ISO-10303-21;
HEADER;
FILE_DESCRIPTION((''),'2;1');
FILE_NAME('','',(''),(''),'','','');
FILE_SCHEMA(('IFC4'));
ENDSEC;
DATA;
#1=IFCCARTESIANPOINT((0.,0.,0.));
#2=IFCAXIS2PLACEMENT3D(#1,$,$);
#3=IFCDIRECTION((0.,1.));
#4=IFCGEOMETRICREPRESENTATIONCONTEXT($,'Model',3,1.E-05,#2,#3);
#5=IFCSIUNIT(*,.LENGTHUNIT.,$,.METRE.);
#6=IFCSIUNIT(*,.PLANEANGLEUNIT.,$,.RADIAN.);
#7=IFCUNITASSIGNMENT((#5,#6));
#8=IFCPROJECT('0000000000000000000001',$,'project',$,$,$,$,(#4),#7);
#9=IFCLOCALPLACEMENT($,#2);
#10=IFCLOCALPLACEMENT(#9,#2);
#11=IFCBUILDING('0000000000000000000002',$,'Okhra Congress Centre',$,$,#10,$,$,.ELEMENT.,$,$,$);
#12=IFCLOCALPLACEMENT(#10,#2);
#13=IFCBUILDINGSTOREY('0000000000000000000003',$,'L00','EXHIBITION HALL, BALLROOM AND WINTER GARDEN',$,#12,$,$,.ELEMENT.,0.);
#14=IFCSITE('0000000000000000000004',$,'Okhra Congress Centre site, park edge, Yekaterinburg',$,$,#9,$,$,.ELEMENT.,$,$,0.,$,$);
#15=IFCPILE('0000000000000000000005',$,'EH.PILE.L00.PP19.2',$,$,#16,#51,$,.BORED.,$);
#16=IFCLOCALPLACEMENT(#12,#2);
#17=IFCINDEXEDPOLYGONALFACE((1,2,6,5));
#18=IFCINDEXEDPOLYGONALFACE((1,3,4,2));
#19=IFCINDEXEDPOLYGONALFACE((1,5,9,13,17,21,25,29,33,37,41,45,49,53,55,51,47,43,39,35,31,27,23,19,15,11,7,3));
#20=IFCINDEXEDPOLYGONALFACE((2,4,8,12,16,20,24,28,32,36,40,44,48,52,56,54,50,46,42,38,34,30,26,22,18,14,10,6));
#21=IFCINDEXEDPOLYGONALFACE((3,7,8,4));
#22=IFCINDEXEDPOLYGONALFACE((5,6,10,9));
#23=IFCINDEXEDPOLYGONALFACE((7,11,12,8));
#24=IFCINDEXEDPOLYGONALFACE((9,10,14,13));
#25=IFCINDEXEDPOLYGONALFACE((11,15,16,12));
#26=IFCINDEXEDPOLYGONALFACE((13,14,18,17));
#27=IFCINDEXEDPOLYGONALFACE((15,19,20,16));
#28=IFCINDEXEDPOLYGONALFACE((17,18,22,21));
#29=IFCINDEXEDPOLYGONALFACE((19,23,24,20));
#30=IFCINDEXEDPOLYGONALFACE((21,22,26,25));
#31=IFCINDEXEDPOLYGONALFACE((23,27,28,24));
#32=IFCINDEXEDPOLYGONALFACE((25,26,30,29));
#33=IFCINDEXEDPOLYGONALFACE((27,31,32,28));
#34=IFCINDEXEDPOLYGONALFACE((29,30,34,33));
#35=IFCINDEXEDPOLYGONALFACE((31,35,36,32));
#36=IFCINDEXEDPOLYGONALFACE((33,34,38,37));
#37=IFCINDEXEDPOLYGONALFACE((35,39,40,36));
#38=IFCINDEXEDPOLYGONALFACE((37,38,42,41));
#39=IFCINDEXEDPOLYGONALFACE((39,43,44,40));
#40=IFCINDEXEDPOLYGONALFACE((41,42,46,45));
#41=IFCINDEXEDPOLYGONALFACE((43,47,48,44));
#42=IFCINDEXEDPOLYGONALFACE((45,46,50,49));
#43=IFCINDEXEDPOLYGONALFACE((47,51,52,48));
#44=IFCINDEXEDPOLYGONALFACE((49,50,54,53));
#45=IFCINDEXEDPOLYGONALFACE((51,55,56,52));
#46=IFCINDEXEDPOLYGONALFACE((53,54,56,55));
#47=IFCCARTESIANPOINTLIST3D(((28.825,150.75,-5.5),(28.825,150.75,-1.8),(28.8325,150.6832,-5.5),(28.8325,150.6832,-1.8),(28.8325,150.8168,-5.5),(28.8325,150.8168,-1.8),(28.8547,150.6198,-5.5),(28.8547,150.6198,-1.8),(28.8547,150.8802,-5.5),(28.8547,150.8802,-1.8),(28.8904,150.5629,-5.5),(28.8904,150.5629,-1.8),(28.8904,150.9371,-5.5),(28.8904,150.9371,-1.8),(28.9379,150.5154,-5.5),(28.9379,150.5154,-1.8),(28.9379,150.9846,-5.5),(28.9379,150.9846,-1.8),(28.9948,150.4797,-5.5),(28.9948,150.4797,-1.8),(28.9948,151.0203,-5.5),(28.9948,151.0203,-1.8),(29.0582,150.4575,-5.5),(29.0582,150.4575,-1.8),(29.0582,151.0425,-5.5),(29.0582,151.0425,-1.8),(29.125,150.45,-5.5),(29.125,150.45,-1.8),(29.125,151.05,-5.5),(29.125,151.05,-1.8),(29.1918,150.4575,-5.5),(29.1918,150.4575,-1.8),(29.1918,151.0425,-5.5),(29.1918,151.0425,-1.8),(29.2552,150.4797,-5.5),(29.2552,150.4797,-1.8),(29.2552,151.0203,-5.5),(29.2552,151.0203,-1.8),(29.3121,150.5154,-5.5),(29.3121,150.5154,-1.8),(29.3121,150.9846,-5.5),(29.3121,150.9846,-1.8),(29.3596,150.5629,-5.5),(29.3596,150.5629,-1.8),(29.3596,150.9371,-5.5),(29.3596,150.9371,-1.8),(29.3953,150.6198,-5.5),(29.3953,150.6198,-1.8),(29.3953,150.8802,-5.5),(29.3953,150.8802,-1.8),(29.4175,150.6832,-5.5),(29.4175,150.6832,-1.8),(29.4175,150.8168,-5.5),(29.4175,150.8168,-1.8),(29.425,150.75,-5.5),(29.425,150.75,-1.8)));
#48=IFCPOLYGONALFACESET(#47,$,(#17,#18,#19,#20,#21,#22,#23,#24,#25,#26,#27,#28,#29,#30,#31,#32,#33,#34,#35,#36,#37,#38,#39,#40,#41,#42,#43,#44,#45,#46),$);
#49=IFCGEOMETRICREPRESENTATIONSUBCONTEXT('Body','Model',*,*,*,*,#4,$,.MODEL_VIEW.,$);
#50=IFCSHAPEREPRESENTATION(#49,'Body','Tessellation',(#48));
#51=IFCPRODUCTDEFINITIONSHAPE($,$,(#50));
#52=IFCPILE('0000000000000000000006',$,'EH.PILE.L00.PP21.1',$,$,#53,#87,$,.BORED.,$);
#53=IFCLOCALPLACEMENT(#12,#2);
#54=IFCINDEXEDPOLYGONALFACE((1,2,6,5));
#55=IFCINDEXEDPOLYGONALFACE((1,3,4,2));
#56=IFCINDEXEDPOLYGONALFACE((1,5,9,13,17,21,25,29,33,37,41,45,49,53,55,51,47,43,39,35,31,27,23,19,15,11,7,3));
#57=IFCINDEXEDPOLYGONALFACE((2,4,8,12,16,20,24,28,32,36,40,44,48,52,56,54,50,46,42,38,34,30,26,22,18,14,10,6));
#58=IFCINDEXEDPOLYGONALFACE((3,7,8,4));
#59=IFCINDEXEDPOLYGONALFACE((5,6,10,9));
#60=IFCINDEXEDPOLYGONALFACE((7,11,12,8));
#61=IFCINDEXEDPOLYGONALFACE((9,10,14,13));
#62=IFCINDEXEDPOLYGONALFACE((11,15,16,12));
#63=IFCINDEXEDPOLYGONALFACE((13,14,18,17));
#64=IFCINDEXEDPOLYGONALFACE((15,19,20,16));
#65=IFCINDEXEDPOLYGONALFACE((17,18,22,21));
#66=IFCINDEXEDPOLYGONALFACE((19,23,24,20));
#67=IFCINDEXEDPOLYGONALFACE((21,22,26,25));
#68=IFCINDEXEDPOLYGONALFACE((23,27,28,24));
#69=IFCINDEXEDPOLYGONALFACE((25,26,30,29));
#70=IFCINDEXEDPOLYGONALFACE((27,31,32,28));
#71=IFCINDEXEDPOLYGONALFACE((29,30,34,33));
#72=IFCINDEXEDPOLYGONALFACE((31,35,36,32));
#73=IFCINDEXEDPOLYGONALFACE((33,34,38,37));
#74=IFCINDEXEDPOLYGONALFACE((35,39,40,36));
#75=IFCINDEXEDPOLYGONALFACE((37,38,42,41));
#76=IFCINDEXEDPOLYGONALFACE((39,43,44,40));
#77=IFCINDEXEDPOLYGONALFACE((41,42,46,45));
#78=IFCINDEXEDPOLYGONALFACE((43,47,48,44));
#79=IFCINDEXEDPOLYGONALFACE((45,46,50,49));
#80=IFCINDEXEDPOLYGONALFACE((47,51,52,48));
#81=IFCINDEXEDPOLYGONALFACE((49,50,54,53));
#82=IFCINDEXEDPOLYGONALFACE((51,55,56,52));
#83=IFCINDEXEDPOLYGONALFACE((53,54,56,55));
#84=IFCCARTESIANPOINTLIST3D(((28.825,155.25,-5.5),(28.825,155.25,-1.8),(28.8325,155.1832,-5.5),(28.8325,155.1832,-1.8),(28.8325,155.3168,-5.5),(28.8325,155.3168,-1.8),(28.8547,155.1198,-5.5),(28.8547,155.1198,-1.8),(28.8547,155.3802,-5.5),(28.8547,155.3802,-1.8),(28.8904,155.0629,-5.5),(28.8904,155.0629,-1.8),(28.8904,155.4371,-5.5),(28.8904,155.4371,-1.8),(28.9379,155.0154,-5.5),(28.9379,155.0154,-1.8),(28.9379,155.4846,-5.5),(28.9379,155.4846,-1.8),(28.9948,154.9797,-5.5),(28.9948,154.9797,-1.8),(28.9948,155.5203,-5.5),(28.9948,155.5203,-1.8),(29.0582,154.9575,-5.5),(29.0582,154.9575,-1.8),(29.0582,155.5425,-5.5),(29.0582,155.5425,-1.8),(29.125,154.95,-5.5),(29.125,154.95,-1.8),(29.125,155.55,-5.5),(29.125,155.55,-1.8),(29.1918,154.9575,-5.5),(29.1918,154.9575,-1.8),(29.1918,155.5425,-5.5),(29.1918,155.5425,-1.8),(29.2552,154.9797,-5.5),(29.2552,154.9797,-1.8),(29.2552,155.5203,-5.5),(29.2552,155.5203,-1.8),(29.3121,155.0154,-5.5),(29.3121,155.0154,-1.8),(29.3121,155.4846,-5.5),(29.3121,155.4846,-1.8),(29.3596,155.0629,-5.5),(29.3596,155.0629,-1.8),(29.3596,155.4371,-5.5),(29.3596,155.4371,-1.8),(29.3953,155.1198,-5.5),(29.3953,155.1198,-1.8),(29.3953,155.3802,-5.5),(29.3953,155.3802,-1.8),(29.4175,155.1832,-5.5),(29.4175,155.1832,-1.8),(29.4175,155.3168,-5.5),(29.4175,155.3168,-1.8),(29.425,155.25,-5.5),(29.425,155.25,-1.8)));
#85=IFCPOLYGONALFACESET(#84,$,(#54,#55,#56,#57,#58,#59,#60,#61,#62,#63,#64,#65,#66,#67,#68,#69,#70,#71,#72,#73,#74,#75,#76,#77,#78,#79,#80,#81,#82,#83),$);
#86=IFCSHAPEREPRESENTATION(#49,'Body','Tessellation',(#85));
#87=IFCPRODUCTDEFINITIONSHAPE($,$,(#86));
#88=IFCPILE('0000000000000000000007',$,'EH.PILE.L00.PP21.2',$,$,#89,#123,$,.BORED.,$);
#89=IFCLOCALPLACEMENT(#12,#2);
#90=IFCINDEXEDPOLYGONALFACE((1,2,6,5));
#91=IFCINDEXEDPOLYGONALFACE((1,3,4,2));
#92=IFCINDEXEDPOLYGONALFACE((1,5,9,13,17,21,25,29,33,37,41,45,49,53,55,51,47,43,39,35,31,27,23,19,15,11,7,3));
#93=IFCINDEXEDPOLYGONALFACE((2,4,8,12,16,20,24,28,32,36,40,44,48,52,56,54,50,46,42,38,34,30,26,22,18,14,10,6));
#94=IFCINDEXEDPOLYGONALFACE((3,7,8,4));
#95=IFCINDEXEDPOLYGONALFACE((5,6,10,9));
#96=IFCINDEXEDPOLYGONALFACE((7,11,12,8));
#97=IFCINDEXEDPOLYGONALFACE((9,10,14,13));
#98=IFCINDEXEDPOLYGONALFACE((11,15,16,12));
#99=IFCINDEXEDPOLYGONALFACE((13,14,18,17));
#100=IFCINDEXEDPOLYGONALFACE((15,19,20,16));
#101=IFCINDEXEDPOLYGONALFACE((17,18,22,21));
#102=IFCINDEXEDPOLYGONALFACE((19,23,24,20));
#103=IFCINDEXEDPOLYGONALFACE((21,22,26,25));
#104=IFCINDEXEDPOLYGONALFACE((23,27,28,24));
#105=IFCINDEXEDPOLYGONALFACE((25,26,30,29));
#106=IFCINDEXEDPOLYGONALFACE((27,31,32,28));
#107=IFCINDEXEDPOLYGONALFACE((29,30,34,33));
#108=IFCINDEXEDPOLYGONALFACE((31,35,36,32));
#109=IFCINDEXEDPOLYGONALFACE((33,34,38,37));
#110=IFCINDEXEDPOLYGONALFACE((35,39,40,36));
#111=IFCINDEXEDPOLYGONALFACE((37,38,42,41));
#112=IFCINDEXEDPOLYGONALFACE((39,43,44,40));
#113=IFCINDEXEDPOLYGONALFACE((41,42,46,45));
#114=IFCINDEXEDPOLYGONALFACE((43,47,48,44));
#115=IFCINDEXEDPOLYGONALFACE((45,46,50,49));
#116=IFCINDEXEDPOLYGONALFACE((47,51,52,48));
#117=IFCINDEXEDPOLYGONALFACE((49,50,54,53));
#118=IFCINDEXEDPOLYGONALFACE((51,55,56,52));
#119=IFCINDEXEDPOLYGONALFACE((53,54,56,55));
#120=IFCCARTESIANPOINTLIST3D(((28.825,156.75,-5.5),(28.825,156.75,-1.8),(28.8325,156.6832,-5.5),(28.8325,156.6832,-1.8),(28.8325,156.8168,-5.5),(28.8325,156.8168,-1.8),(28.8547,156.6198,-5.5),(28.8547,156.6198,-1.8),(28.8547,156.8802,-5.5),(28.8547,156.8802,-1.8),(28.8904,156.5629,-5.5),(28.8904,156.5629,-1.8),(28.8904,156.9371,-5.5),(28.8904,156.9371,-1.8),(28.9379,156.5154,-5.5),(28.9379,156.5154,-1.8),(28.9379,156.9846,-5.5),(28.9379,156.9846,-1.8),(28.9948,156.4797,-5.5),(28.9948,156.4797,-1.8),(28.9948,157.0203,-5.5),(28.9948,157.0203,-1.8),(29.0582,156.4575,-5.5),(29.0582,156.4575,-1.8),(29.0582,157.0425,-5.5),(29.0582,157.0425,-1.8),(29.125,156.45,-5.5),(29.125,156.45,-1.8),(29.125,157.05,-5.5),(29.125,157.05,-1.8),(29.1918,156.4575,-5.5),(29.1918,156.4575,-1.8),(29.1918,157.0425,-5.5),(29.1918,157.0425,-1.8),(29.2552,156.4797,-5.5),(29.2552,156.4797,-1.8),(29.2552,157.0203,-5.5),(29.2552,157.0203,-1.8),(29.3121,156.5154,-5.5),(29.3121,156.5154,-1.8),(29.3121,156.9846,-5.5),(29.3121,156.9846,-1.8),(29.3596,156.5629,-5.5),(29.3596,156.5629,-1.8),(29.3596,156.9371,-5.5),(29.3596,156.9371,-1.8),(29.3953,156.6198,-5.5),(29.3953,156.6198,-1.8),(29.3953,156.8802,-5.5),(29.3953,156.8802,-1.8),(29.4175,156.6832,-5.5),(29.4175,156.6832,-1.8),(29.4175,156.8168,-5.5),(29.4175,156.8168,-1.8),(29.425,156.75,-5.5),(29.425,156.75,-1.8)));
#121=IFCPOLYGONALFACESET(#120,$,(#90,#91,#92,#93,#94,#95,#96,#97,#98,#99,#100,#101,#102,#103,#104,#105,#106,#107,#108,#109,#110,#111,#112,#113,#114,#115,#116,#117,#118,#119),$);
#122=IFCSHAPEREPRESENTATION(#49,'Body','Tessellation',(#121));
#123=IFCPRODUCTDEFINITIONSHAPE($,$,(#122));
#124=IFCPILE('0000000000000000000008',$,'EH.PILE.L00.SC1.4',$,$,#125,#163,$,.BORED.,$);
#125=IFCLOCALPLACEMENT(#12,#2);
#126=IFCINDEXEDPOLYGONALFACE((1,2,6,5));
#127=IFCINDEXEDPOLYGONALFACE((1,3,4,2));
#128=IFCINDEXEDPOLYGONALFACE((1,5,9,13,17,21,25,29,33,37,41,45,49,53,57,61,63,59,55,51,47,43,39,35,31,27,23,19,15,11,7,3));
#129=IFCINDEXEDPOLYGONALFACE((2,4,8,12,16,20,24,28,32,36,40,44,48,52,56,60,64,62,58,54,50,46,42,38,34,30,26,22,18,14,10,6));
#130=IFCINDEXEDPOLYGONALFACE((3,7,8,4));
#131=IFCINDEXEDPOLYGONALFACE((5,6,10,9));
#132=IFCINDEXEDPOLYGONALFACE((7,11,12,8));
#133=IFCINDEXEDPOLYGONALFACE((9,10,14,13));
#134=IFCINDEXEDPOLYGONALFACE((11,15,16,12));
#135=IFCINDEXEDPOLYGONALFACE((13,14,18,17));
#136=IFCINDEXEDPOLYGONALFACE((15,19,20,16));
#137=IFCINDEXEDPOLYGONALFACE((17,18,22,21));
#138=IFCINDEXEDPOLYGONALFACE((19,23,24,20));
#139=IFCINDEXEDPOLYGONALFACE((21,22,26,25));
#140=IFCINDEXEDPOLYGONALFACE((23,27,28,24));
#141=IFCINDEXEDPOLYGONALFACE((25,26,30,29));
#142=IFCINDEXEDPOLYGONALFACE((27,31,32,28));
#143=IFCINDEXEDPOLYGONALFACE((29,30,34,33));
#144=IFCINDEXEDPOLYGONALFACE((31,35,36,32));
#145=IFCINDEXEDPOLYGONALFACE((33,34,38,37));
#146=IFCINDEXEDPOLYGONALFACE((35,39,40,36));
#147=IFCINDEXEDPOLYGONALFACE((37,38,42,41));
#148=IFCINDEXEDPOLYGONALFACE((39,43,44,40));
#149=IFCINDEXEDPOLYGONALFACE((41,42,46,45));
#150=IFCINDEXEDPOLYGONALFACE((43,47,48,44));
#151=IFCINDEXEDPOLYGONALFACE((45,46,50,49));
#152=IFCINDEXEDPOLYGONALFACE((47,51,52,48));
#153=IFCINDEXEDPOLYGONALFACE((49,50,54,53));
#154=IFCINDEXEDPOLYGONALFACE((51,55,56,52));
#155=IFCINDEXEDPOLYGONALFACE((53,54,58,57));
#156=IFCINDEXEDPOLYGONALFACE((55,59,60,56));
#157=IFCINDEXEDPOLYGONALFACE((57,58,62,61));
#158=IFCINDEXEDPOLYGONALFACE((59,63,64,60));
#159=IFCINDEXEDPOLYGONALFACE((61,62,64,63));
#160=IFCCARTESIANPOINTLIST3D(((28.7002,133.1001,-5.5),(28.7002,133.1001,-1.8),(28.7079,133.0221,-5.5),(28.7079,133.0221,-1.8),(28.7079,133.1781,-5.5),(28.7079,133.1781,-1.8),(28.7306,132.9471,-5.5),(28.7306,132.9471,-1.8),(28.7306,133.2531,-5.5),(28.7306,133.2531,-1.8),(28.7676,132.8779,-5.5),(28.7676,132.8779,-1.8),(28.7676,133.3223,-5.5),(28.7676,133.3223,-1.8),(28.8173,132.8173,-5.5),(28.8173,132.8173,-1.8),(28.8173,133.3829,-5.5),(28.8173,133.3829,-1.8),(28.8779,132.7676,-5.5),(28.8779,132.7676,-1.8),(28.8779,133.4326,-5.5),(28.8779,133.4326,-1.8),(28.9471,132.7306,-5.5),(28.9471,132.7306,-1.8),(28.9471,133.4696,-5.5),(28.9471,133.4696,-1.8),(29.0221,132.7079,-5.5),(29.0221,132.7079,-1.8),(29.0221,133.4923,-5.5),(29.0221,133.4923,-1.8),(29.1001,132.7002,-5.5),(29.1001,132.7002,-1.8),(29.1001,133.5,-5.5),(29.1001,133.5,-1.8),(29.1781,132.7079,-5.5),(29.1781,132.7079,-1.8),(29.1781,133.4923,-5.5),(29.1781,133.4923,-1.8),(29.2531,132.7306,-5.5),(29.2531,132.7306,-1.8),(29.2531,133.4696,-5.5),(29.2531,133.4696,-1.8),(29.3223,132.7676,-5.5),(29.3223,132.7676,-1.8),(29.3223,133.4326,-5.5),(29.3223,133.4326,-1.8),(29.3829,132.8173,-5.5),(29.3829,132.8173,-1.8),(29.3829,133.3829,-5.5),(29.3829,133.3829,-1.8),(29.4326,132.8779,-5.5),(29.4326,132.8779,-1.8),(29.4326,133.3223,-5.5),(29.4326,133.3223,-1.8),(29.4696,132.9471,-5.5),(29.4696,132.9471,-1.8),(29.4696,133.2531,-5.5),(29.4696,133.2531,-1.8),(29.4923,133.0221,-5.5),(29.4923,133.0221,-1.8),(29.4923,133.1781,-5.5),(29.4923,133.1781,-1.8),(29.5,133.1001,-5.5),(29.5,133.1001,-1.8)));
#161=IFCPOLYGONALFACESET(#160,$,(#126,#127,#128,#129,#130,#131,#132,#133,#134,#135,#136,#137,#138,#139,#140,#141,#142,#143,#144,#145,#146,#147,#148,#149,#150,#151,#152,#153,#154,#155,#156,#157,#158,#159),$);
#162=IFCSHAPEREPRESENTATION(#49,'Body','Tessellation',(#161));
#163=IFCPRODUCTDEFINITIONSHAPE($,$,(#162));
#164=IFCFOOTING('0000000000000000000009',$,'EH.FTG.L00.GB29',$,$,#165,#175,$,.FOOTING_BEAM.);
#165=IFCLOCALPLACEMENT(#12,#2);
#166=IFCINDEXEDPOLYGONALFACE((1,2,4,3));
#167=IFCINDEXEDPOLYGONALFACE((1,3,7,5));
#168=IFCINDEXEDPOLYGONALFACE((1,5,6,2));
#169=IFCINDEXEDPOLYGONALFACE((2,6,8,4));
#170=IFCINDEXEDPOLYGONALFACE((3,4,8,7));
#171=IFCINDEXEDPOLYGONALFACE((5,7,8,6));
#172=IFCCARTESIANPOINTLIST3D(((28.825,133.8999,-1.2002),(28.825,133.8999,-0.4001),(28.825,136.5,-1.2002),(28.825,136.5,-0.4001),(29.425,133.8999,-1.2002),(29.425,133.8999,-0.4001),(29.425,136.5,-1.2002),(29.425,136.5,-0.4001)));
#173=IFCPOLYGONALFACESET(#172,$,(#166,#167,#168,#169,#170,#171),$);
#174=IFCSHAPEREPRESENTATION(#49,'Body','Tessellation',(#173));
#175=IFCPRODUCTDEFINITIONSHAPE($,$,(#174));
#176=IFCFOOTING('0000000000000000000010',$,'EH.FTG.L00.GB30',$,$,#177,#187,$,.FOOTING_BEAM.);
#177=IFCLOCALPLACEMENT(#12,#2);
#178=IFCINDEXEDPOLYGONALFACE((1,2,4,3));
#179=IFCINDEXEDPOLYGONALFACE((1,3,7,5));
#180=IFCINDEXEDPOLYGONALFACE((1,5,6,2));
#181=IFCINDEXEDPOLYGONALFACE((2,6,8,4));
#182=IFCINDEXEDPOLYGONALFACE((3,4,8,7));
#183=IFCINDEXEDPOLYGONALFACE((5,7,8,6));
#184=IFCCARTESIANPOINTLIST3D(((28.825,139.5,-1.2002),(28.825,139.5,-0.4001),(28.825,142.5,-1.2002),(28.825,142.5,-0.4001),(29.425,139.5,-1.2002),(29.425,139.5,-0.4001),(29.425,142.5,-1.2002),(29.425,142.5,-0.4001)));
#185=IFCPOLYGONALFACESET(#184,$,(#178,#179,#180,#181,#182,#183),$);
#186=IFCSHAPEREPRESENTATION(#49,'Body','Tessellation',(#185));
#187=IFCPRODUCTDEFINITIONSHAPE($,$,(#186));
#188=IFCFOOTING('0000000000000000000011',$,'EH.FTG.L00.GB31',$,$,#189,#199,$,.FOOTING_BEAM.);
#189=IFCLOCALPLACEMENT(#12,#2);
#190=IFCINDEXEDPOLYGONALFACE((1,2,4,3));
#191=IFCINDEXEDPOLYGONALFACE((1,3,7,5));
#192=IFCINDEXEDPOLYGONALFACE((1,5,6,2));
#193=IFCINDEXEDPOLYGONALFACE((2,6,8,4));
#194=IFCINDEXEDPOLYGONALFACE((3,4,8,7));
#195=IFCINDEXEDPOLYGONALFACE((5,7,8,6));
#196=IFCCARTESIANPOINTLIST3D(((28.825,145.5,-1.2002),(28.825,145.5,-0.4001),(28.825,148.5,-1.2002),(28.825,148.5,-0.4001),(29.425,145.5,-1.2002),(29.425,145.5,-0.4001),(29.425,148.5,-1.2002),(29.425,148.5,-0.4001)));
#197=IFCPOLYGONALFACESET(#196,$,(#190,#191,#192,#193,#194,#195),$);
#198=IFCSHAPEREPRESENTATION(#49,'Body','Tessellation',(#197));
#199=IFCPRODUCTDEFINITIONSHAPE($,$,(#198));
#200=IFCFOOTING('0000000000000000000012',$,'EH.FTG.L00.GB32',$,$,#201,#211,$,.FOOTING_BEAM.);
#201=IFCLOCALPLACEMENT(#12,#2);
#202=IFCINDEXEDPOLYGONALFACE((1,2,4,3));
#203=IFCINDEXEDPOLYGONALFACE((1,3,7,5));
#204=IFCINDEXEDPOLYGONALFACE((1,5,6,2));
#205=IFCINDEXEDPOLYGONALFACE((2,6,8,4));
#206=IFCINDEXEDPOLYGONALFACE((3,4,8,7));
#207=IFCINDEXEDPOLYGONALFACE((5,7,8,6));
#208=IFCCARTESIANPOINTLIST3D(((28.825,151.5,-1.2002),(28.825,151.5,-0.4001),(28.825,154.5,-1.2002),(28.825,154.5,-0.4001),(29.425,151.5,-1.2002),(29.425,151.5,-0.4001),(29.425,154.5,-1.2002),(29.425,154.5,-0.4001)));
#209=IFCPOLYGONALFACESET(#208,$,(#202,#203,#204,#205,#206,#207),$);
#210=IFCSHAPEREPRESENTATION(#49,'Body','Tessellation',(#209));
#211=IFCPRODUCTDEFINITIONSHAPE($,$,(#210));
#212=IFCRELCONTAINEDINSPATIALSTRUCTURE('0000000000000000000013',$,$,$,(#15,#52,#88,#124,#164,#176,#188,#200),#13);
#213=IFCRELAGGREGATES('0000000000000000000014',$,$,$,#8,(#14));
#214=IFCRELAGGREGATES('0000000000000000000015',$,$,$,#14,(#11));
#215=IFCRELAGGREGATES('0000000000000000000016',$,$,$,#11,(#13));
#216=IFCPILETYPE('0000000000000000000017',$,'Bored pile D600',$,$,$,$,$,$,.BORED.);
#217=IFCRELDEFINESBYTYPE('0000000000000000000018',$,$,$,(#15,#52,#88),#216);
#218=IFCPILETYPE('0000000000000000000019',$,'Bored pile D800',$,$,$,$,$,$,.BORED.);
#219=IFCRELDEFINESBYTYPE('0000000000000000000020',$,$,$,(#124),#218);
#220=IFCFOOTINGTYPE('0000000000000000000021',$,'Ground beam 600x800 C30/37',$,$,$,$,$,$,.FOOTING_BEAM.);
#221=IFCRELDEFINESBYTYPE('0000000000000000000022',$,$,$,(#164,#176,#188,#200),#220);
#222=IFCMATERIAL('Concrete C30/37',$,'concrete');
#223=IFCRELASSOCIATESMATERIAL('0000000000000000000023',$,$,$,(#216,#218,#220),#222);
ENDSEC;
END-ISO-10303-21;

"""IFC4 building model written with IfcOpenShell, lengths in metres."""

from ifc_helpers import new_model, si_unit, direction, frame, origin, origin_2d, place, context, subcontext, project, spatial, rectangle, circle, extrude, material, material_profile, profile_set, type_object, element, save


model = new_model("IFC4")

# Units and contexts
model_context = context("Model", 3, precision=1e-05, world=origin(), true_north=direction((0.0, 1.0)))
body_context = subcontext(model_context, "Body", "Model", "MODEL_VIEW")
ifc_project = project(units=[si_unit("LENGTHUNIT", "METRE"), si_unit("PLANEANGLEUNIT", "RADIAN")], contexts=[model_context])

# Site, building, storey
site_placement = place(None, origin())
site = spatial("IfcSite", under=ifc_project, at=site_placement, Name="Okhra Congress Centre site, park edge, Yekaterinburg", CompositionType="ELEMENT", RefElevation=0.0)
building_placement = place(site_placement, origin())
building = spatial("IfcBuilding", under=site, at=building_placement, Name="Okhra Congress Centre", CompositionType="ELEMENT")
storey_placement = place(building_placement, origin())
storey = spatial("IfcBuildingStorey", under=building, at=storey_placement, Name="L00", Description="EXHIBITION HALL, BALLROOM AND WINTER GARDEN", CompositionType="ELEMENT", Elevation=0.0)

# Piles
ifc_material_1 = material(Name="Concrete C30/37", Category="concrete")
ifc_material_profile_1 = material_profile(ifc_material_1, circle(Radius=0.3, at=origin_2d()), Name="D600")
ifc_profile_set_1 = profile_set([ifc_material_profile_1], Name="Concrete C30/37")
pile_type_1 = type_object("IfcPileType", Name="Bored pile D600", PredefinedType="BORED", material=ifc_profile_set_1)
for number, where, z_axis, x_axis, name in (
    (1, (29.125, 150.75, -1.8), (0.0, 0.0, -1.0), (1.0, 0.0, 0.0), "EH.PILE.L00.PP19.2"),
    (2, (29.125, 155.25, -1.8), (0.0, 0.0, -1.0), (1.0, 0.0, 0.0), "EH.PILE.L00.PP21.1"),
    (3, (29.125, 156.75, -1.8), (0.0, 0.0, -1.0), (1.0, 0.0, 0.0), "EH.PILE.L00.PP21.2"),
):
    element("IfcPile", number, at=place(storey_placement, frame(where, z_axis=z_axis, x_axis=x_axis)), inside=storey, type_object=pile_type_1, Name=name, PredefinedType="BORED", context=body_context, shape_type="SweptSolid", body=[
        extrude(circle(Radius=0.3, at=origin_2d()), origin(), (0.0, 0.0, 1.0), 3.7),
    ])
ifc_material_profile_2 = material_profile(ifc_material_1, circle(Radius=0.3999, at=origin_2d()), Name="D800")
ifc_profile_set_2 = profile_set([ifc_material_profile_2], Name="Concrete C30/37")
pile_type_2 = type_object("IfcPileType", Name="Bored pile D800", PredefinedType="BORED", material=ifc_profile_set_2)
pile_placement = place(storey_placement, frame((29.1001, 133.1001, -1.8), z_axis=(0.0, 0.0, -1.0), x_axis=(1.0, 0.0, 0.0)))
element("IfcPile", 4, at=pile_placement, inside=storey, type_object=pile_type_2, Name="EH.PILE.L00.SC1.4", PredefinedType="BORED", context=body_context, shape_type="SweptSolid", body=[
    extrude(circle(Radius=0.3999, at=origin_2d()), origin(), (0.0, 0.0, 1.0), 3.7),
])

# Footings
footing_type_1 = type_object("IfcFootingType", Name="Ground beam 600x800 C30/37", PredefinedType="FOOTING_BEAM", material=ifc_material_1)
footing_placement = place(storey_placement, frame((29.125, 135.2, -1.2002), z_axis=(0.0, 0.0, 1.0), x_axis=(0.0, 1.0, 0.0)))
element("IfcFooting", 5, at=footing_placement, inside=storey, type_object=footing_type_1, Name="EH.FTG.L00.GB29", PredefinedType="FOOTING_BEAM", context=body_context, shape_type="SweptSolid", body=[
    extrude(rectangle(XDim=2.6001, YDim=0.6001, at=origin_2d()), origin(), (0.0, 0.0, 1.0), 0.8),
])
for number, where, z_axis, x_axis, name in (
    (6, (29.125, 141.0, -1.2002), (0.0, 0.0, 1.0), (0.0, 1.0, 0.0), "EH.FTG.L00.GB30"),
    (7, (29.125, 147.0, -1.2002), (0.0, 0.0, 1.0), (0.0, 1.0, 0.0), "EH.FTG.L00.GB31"),
    (8, (29.125, 153.0, -1.2002), (0.0, 0.0, 1.0), (0.0, 1.0, 0.0), "EH.FTG.L00.GB32"),
):
    element("IfcFooting", number, at=place(storey_placement, frame(where, z_axis=z_axis, x_axis=x_axis)), inside=storey, type_object=footing_type_1, Name=name, PredefinedType="FOOTING_BEAM", context=body_context, shape_type="SweptSolid", body=[
        extrude(rectangle(XDim=3.0, YDim=0.6001, at=origin_2d()), origin(), (0.0, 0.0, 1.0), 0.8),
    ])

save(model, "model.ifc")
